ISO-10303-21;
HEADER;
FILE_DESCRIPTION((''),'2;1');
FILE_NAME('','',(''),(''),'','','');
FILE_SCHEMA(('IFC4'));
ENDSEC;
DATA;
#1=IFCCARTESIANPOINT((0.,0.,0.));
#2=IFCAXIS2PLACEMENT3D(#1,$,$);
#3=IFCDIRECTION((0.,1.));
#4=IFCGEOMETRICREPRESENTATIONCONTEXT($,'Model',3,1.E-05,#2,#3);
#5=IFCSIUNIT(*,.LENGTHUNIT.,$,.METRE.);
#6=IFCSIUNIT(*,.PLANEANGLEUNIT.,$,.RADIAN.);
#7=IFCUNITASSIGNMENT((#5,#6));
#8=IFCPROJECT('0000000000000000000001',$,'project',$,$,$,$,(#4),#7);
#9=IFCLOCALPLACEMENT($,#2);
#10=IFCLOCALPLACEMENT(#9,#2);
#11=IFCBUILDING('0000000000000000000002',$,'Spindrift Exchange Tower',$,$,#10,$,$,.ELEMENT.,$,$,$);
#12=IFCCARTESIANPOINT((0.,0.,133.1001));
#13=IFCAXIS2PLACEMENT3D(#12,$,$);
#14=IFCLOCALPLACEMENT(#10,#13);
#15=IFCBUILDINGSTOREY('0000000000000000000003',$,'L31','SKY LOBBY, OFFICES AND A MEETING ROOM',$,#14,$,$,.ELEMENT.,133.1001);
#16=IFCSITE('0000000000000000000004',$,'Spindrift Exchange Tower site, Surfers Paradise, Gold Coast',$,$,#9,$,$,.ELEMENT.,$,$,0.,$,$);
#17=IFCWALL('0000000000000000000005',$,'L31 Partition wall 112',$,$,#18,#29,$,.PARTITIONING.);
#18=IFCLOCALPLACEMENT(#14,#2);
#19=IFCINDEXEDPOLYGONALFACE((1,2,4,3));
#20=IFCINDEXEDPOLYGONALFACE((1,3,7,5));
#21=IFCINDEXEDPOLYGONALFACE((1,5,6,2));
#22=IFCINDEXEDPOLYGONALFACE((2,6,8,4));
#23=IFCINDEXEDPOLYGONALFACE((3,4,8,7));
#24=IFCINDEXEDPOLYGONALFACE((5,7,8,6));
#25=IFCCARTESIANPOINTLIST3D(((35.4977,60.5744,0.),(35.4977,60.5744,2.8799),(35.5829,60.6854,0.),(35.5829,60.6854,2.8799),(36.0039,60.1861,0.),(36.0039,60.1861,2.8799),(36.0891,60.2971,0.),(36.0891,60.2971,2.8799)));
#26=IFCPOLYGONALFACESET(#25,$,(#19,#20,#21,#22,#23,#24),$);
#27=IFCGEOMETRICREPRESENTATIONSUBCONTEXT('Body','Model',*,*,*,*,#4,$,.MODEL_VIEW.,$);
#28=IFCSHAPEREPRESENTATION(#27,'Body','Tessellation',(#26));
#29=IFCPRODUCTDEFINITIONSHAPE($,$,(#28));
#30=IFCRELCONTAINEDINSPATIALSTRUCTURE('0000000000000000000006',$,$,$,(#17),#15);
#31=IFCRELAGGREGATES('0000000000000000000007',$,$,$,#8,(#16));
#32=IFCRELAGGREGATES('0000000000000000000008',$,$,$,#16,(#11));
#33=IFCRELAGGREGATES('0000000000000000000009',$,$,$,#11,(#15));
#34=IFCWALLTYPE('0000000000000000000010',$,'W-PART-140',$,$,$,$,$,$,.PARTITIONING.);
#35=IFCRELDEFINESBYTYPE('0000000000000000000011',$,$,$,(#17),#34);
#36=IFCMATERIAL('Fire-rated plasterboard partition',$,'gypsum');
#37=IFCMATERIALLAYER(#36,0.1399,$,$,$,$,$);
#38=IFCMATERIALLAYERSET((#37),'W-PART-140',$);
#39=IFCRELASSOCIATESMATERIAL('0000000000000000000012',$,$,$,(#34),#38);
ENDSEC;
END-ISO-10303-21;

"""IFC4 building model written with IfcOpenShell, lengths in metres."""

from ifc_helpers import new_model, si_unit, direction, frame, frame_2d, origin, place, context, subcontext, project, spatial, rectangle, extrude, material, layer, layer_set, type_object, element, save


model = new_model("IFC4")

# Units and contexts
model_context = context("Model", 3, precision=1e-05, world=origin(), true_north=direction((0.0, 1.0)))
body_context = subcontext(model_context, "Body", "Model", "MODEL_VIEW")
ifc_project = project(units=[si_unit("LENGTHUNIT", "METRE"), si_unit("PLANEANGLEUNIT", "RADIAN")], contexts=[model_context])

# Site, building, storey
site_placement = place(None, origin())
site = spatial("IfcSite", under=ifc_project, at=site_placement, Name="Spindrift Exchange Tower site, Surfers Paradise, Gold Coast", CompositionType="ELEMENT", RefElevation=0.0)
building_placement = place(site_placement, origin())
building = spatial("IfcBuilding", under=site, at=building_placement, Name="Spindrift Exchange Tower", CompositionType="ELEMENT")
storey_placement = place(building_placement, frame((0.0, 0.0, 133.1001)))
storey = spatial("IfcBuildingStorey", under=building, at=storey_placement, Name="L31", Description="SKY LOBBY, OFFICES AND A MEETING ROOM", CompositionType="ELEMENT", Elevation=133.1001)

# Shared definitions
ifc_material_1 = material(Name="Fire-rated plasterboard partition", Category="gypsum")

# Shared definitions
ifc_layer_1 = layer(ifc_material_1, 0.1399)
ifc_layer_set_1 = layer_set([ifc_layer_1], Name="W-PART-140")
wall_type_1 = type_object("IfcWallType", Name="W-PART-140", PredefinedType="PARTITIONING", material=ifc_layer_set_1)

# Wall
wall_1_placement = place(storey_placement, frame((36.0464, 60.2417, 0.0), z_axis=(0.0, 0.0, 1.0), x_axis=(-0.793477, 0.6086, 0.0)))
element("IfcWall", 1, at=wall_1_placement, inside=storey, type_object=wall_type_1, Name="L31 Partition wall 112", PredefinedType="PARTITIONING", context=body_context, shape_type="SweptSolid", body=[
    extrude(rectangle(XDim=0.6379, YDim=0.1399, at=frame_2d((0.3188, 0.0))), origin(), (0.0, 0.0, 1.0), 2.8799),
])

save(model, "model.ifc")
